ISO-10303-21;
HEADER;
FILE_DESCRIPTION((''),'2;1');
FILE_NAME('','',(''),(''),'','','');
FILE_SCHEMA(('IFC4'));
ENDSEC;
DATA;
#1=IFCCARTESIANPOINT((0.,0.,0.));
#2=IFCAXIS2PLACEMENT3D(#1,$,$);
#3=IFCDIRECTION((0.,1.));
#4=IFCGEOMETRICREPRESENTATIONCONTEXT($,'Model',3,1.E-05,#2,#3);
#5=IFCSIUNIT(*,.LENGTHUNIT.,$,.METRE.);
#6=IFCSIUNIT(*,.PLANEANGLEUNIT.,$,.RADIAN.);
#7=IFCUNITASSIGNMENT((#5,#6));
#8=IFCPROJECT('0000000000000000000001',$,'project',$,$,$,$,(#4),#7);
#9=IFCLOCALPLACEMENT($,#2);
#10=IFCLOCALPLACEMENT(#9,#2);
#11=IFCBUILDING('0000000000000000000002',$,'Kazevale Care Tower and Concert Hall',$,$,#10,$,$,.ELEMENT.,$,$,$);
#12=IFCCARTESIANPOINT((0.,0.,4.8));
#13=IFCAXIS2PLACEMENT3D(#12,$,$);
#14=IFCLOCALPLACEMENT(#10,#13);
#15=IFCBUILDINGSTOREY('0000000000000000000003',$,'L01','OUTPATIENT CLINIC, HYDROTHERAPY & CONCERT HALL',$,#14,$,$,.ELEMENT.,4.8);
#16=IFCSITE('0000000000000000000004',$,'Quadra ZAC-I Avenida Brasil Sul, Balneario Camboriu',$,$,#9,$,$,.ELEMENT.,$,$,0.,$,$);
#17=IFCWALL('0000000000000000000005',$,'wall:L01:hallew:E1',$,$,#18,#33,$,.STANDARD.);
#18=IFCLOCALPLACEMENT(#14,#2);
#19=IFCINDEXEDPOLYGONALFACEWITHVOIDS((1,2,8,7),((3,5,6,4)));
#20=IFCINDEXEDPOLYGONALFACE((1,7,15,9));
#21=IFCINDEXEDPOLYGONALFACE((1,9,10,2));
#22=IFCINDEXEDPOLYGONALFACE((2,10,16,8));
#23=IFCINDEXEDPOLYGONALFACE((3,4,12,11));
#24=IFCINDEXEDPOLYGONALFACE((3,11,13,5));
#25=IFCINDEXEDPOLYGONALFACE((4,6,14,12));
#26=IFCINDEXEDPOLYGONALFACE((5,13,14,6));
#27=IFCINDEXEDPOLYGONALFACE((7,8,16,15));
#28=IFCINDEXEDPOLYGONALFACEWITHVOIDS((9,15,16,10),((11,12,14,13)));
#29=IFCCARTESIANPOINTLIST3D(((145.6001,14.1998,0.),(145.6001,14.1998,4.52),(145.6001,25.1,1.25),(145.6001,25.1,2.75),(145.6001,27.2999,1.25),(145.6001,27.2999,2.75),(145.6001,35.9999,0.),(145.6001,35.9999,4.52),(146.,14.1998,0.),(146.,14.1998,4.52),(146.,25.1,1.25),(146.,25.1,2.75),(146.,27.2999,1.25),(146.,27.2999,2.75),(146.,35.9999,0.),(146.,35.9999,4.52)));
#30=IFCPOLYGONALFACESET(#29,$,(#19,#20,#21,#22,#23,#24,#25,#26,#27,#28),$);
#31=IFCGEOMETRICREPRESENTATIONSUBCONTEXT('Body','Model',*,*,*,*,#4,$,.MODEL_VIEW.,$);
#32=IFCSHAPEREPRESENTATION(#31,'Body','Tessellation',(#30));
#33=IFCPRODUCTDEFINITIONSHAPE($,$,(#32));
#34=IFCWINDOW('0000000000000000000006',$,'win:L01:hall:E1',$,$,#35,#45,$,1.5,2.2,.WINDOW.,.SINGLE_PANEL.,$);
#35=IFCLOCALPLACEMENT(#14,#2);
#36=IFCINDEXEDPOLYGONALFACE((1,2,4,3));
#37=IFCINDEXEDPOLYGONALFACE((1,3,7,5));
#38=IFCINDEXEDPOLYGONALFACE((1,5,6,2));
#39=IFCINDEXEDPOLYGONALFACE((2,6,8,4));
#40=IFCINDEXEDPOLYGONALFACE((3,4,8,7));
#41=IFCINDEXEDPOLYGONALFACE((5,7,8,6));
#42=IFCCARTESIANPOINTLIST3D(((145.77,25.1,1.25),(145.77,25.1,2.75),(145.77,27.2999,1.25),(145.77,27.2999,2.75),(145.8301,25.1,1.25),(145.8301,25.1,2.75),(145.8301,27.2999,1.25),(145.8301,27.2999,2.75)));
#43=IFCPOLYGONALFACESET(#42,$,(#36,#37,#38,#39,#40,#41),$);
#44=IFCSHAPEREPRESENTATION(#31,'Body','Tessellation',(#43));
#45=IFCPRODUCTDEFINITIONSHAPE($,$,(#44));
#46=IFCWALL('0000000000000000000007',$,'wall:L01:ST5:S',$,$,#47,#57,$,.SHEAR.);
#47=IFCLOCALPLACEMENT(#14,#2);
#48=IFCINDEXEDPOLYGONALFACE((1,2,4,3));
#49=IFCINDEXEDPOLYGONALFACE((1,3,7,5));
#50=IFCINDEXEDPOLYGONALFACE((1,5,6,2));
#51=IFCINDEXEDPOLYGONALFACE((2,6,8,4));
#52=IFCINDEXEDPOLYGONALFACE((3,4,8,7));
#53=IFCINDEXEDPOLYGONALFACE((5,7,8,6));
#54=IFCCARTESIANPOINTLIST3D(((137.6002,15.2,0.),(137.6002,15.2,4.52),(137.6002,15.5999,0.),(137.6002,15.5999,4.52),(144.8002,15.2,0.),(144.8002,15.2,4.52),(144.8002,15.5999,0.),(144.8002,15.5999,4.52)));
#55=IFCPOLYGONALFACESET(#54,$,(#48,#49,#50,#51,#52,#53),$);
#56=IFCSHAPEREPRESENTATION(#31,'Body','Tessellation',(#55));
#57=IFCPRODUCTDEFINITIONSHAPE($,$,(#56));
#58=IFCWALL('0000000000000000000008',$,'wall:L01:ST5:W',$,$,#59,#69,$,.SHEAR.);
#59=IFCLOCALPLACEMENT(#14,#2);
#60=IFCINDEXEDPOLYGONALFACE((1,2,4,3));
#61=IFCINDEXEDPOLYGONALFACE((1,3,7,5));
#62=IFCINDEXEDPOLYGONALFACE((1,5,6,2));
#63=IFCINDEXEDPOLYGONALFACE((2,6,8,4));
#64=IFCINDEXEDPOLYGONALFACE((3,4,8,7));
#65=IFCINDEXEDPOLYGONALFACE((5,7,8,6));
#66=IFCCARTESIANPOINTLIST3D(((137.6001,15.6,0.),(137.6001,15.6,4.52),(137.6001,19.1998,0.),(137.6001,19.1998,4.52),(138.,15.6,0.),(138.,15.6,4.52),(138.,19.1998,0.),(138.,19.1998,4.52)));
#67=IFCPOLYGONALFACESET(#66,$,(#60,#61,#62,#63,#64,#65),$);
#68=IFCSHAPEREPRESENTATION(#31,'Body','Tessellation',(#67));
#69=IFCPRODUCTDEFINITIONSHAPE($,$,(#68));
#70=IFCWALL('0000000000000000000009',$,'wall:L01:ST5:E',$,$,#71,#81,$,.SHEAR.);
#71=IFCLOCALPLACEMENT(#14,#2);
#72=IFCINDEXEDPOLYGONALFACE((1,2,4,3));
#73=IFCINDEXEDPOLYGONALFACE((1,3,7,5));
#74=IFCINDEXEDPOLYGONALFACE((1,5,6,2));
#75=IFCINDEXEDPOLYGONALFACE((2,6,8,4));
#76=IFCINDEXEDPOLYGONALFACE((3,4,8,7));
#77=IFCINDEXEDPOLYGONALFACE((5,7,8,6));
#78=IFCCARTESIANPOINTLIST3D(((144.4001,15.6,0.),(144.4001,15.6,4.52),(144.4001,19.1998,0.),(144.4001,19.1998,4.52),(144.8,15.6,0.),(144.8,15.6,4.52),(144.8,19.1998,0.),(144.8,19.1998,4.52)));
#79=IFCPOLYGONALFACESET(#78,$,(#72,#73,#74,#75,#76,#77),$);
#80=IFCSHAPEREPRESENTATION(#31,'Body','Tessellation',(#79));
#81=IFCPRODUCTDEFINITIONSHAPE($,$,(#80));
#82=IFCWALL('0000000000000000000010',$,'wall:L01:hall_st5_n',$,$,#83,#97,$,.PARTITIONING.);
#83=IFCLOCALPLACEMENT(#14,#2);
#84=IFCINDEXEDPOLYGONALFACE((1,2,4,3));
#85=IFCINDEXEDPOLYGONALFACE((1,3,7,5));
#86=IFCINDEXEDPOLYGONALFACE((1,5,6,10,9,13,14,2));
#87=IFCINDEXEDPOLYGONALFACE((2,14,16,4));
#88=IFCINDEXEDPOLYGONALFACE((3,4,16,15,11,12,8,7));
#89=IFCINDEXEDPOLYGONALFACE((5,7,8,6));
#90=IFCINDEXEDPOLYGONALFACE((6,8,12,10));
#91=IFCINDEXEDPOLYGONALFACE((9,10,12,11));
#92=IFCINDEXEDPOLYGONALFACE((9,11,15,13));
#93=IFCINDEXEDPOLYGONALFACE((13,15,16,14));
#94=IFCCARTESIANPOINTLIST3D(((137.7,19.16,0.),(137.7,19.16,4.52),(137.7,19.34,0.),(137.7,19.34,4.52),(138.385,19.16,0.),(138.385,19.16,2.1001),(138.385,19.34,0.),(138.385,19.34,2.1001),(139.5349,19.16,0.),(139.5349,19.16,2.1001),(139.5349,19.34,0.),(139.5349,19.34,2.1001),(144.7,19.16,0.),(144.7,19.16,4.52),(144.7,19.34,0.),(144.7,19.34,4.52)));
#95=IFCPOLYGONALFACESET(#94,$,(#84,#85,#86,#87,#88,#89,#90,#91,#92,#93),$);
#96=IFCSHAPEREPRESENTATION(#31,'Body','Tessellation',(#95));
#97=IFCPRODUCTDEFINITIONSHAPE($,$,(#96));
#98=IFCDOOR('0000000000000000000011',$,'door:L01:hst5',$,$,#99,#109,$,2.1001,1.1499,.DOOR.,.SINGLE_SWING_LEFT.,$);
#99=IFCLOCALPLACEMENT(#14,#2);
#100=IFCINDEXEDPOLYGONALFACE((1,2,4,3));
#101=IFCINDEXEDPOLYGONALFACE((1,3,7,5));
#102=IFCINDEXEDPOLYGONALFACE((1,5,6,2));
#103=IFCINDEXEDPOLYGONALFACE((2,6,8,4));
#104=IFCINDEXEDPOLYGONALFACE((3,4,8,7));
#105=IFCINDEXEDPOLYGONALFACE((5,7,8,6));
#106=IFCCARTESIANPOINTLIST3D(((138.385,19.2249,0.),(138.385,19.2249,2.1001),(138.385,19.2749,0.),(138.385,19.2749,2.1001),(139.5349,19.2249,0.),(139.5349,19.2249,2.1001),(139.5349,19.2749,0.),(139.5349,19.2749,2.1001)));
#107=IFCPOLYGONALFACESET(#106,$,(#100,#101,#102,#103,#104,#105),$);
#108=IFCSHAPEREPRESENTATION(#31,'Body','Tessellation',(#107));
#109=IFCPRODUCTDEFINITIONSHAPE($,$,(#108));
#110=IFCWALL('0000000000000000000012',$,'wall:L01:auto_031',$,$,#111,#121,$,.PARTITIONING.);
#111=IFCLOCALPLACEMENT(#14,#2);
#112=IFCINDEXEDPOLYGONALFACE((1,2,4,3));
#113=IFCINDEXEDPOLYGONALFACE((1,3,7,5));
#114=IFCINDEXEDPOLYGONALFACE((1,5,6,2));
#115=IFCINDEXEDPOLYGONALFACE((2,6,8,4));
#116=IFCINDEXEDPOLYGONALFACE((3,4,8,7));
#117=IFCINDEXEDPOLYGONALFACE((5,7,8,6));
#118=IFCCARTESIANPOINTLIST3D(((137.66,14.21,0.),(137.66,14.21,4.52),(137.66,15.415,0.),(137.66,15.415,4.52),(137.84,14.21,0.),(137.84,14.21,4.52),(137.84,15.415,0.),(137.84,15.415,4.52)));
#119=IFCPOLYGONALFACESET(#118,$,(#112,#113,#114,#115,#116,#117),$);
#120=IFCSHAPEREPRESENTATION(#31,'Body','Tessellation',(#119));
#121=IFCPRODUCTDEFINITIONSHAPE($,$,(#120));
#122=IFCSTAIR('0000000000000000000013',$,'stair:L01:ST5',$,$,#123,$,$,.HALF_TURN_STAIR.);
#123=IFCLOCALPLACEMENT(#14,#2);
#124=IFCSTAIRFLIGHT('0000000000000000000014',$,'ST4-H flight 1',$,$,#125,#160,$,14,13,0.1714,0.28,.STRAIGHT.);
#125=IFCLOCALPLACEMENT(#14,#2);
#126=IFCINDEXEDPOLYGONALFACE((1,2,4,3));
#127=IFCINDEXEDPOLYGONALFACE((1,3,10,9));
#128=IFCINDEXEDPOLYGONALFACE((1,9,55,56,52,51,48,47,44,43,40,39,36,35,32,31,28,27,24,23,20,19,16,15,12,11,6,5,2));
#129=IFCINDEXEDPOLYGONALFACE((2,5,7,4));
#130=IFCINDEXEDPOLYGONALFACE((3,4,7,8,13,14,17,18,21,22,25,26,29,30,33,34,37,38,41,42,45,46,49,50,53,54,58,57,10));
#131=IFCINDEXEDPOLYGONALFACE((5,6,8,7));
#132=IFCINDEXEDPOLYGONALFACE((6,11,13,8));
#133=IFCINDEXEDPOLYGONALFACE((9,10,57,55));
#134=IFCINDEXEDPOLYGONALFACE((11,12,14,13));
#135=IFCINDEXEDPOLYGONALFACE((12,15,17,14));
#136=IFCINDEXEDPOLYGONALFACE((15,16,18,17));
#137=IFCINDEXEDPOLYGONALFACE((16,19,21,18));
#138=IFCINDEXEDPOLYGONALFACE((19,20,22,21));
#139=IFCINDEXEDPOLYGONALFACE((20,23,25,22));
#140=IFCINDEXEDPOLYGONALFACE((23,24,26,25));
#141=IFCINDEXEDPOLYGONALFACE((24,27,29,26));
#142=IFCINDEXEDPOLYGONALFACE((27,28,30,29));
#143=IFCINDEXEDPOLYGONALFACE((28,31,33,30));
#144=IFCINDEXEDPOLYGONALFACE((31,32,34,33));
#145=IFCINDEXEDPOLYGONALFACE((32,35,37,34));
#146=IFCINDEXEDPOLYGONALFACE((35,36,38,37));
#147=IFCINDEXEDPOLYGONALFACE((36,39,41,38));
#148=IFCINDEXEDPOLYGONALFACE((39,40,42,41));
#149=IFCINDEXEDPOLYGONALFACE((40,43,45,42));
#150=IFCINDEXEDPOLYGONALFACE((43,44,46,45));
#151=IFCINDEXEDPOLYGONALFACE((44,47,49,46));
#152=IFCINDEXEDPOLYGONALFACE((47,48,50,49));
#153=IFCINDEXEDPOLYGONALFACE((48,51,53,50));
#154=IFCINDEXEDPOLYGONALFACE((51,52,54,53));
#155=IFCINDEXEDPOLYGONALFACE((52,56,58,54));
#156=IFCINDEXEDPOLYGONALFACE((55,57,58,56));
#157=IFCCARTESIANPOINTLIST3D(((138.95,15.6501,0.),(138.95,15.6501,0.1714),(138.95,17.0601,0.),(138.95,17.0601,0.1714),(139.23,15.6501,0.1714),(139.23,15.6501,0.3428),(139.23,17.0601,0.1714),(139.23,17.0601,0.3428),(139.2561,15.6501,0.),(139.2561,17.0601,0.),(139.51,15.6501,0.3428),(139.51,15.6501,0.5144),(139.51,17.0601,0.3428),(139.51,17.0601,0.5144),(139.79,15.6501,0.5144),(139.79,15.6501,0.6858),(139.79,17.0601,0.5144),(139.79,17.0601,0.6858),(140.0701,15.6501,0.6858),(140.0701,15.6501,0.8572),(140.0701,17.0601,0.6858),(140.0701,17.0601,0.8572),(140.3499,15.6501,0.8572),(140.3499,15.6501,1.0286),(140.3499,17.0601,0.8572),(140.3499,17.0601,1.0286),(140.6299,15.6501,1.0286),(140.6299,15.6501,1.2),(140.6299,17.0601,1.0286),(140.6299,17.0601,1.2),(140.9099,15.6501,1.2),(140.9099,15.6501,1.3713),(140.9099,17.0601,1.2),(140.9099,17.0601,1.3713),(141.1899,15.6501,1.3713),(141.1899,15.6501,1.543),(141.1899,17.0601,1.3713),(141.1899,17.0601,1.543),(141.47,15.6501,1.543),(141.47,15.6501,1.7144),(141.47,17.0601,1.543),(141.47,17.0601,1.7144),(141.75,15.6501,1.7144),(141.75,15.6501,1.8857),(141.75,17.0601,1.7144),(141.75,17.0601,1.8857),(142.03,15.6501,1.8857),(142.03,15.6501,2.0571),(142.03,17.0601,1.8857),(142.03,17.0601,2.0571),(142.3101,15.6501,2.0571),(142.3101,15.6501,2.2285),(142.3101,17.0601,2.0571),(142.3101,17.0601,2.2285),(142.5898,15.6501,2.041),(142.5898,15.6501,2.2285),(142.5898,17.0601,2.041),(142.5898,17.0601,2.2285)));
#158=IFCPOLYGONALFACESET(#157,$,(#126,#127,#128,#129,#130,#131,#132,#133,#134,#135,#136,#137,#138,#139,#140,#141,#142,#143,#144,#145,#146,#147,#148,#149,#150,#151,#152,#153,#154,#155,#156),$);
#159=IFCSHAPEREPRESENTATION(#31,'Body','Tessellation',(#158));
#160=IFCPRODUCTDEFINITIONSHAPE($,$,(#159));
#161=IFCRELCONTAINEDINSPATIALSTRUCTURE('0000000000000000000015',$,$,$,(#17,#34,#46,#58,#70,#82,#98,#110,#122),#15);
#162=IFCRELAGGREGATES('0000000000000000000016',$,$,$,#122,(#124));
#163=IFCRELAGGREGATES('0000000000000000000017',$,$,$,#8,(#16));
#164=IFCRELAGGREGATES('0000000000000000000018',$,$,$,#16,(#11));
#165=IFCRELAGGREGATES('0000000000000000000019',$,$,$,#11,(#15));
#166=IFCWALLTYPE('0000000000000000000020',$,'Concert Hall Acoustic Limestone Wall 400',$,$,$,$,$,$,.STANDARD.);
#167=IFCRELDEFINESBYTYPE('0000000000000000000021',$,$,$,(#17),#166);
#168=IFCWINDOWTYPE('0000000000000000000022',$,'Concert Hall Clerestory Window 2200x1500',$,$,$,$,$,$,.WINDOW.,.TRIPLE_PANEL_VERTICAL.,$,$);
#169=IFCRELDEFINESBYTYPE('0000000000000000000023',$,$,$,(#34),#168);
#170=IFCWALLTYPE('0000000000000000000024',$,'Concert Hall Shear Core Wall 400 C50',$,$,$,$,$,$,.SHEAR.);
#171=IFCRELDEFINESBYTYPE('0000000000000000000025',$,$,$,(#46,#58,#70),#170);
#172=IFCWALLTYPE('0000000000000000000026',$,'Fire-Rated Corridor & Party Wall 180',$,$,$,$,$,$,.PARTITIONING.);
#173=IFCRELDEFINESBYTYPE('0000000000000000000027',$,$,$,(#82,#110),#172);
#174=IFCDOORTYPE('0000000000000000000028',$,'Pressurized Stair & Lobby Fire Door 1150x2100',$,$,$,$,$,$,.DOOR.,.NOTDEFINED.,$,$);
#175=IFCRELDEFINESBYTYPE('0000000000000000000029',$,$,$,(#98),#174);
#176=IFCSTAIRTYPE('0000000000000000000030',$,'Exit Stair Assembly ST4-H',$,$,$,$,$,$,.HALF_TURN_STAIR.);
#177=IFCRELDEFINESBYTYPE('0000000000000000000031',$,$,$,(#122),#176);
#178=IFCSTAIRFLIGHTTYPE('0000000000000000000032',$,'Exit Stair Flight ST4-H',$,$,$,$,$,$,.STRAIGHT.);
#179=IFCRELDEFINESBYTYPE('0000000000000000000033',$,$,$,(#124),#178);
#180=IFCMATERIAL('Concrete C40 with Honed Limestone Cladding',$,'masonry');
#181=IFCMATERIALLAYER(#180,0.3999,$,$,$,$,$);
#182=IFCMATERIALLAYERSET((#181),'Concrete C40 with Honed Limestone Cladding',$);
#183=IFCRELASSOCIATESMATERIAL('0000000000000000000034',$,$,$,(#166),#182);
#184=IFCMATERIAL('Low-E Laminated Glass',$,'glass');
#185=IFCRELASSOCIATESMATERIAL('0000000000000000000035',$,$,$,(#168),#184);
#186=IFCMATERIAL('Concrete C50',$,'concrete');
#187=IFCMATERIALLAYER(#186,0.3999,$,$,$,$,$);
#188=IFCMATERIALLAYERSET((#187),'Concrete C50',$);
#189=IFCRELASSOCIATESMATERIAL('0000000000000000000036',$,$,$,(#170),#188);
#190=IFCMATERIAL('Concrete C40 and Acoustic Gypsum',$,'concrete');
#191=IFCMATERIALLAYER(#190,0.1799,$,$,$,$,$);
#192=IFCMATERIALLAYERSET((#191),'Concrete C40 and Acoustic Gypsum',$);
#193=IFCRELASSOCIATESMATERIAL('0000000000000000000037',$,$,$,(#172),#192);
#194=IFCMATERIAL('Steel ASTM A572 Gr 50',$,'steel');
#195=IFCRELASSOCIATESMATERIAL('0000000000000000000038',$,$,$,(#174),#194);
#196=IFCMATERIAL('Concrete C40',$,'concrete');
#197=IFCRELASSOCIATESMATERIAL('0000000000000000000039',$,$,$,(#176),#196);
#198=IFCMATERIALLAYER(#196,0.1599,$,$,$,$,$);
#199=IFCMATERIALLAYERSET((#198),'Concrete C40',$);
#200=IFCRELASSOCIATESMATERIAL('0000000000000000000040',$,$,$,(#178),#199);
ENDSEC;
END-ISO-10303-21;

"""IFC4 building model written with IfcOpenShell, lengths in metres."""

from ifc_helpers import new_model, si_unit, direction, frame, frame_2d, origin, place, context, subcontext, project, spatial, polyline, rectangle, outline, extrude, material, layer, layer_set, type_object, element, fill, aggregate, save


model = new_model("IFC4")

# Units and contexts
model_context = context("Model", 3, precision=1e-05, world=origin(), true_north=direction((0.0, 1.0)))
body_context = subcontext(model_context, "Body", "Model", "MODEL_VIEW")
ifc_project = project(units=[si_unit("LENGTHUNIT", "METRE"), si_unit("PLANEANGLEUNIT", "RADIAN")], contexts=[model_context])

# Site, building, storey
site_placement = place(None, origin())
site = spatial("IfcSite", under=ifc_project, at=site_placement, Name="Quadra ZAC-I Avenida Brasil Sul, Balneario Camboriu", CompositionType="ELEMENT", RefElevation=0.0)
building_placement = place(site_placement, origin())
building = spatial("IfcBuilding", under=site, at=building_placement, Name="Kazevale Care Tower and Concert Hall", CompositionType="ELEMENT")
storey_placement = place(building_placement, frame((0.0, 0.0, 4.8)))
storey = spatial("IfcBuildingStorey", under=building, at=storey_placement, Name="L01", Description="OUTPATIENT CLINIC, HYDROTHERAPY & CONCERT HALL", CompositionType="ELEMENT", Elevation=4.8)

# Shared definitions
ifc_material_1 = material(Name="Concrete C50", Category="concrete")

# Shared definitions
ifc_material_2 = material(Name="Steel ASTM A572 Gr 50", Category="steel")

# Shared definitions
ifc_material_3 = material(Name="Low-E Laminated Glass", Category="glass")

# Shared definitions
ifc_material_4 = material(Name="Concrete C40 with Honed Limestone Cladding", Category="masonry")
ifc_layer_1 = layer(ifc_material_4, 0.3999)
ifc_layer_set_1 = layer_set([ifc_layer_1], Name="Concrete C40 with Honed Limestone Cladding")
wall_type_1 = type_object("IfcWallType", Name="Concert Hall Acoustic Limestone Wall 400", PredefinedType="STANDARD", material=ifc_layer_set_1)

# Wall, opening, window
wall_1_placement = place(storey_placement, frame((145.8, 14.2, 0.0), z_axis=(0.0, 0.0, 1.0), x_axis=(0.0, 1.0, 0.0)))
wall_1 = element("IfcWall", 1, at=wall_1_placement, inside=storey, type_object=wall_type_1, Name="wall:L01:hallew:E1", PredefinedType="STANDARD", context=body_context, shape_type="SweptSolid", body=[
    extrude(rectangle(XDim=21.8, YDim=0.3999, at=frame_2d((10.8999, 0.0))), origin(), (0.0, 0.0, 1.0), 4.52),
])
opening_1_placement = place(wall_1_placement, frame((10.8999, 0.0, 1.25)))
opening_1 = element("IfcOpeningElement", 2, at=opening_1_placement, cuts=wall_1, PredefinedType="OPENING", context=body_context, shape_type="SweptSolid", body=[
    extrude(rectangle(XDim=2.2, YDim=1.5, at=frame_2d((1.1001, 0.75))), frame((0.0, 0.21, 0.0), z_axis=(0.0, -1.0, 0.0), x_axis=(1.0, 0.0, 0.0)), (0.0, 0.0, 1.0), 0.4199),
])
window_type = type_object("IfcWindowType", Name="Concert Hall Clerestory Window 2200x1500", PartitioningType="TRIPLE_PANEL_VERTICAL", PredefinedType="WINDOW", material=ifc_material_3)
window_placement = place(opening_1_placement, origin())
window = element("IfcWindow", 3, at=window_placement, inside=storey, type_object=window_type, Name="win:L01:hall:E1", OverallHeight=1.5, OverallWidth=2.2, PartitioningType="SINGLE_PANEL", PredefinedType="WINDOW", context=body_context, shape_type="SweptSolid", body=[
    extrude(rectangle(XDim=2.2, YDim=1.5, at=frame_2d((1.1001, 0.75))), frame((0.0, 0.03, 0.0), z_axis=(0.0, -1.0, 0.0), x_axis=(1.0, 0.0, 0.0)), (0.0, 0.0, 1.0), 0.0601),
])
fill(opening_1, window)

# Walls
ifc_layer_2 = layer(ifc_material_1, 0.3999)
ifc_layer_set_2 = layer_set([ifc_layer_2], Name="Concrete C50")
wall_type_2 = type_object("IfcWallType", Name="Concert Hall Shear Core Wall 400 C50", PredefinedType="SHEAR", material=ifc_layer_set_2)
wall_2_placement = place(storey_placement, frame((137.6001, 15.3999, 0.0), z_axis=(0.0, 0.0, 1.0), x_axis=(1.0, 0.0, 0.0)))
element("IfcWall", 4, at=wall_2_placement, inside=storey, type_object=wall_type_2, Name="wall:L01:ST5:S", PredefinedType="SHEAR", context=body_context, shape_type="SweptSolid", body=[
    extrude(rectangle(XDim=7.2, YDim=0.3999, at=frame_2d((3.6001, 0.0))), origin(), (0.0, 0.0, 1.0), 4.52),
])
for number, where, z_axis, x_axis, name in (
    (5, (137.8, 15.6001, 0.0), (0.0, 0.0, 1.0), (0.0, 1.0, 0.0), "wall:L01:ST5:W"),
    (6, (144.6001, 15.6001, 0.0), (0.0, 0.0, 1.0), (0.0, 1.0, 0.0), "wall:L01:ST5:E"),
):
    element("IfcWall", number, at=place(storey_placement, frame(where, z_axis=z_axis, x_axis=x_axis)), inside=storey, type_object=wall_type_2, Name=name, PredefinedType="SHEAR", context=body_context, shape_type="SweptSolid", body=[
        extrude(rectangle(XDim=3.5999, YDim=0.3999, at=frame_2d((1.7998, 0.0))), origin(), (0.0, 0.0, 1.0), 4.52),
    ])

# Wall, opening, door
ifc_material_5 = material(Name="Concrete C40 and Acoustic Gypsum", Category="concrete")
ifc_layer_3 = layer(ifc_material_5, 0.1799)
ifc_layer_set_3 = layer_set([ifc_layer_3], Name="Concrete C40 and Acoustic Gypsum")
wall_type_3 = type_object("IfcWallType", Name="Fire-Rated Corridor & Party Wall 180", PredefinedType="PARTITIONING", material=ifc_layer_set_3)
wall_3_placement = place(storey_placement, frame((137.7, 19.25, 0.0), z_axis=(0.0, 0.0, 1.0), x_axis=(1.0, 0.0, 0.0)))
wall_3 = element("IfcWall", 7, at=wall_3_placement, inside=storey, type_object=wall_type_3, Name="wall:L01:hall_st5_n", PredefinedType="PARTITIONING", context=body_context, shape_type="SweptSolid", body=[
    extrude(rectangle(XDim=7.0, YDim=0.1799, at=frame_2d((3.5, 0.0))), origin(), (0.0, 0.0, 1.0), 4.52),
])
opening_2_placement = place(wall_3_placement, frame((0.6851, 0.0, 0.0)))
opening_2 = element("IfcOpeningElement", 8, at=opening_2_placement, cuts=wall_3, PredefinedType="OPENING", context=body_context, shape_type="SweptSolid", body=[
    extrude(rectangle(XDim=1.1499, YDim=2.1001, at=frame_2d((0.575, 1.05))), frame((0.0, 0.0999, 0.0), z_axis=(0.0, -1.0, 0.0), x_axis=(1.0, 0.0, 0.0)), (0.0, 0.0, 1.0), 0.2),
])
door_type = type_object("IfcDoorType", Name="Pressurized Stair & Lobby Fire Door 1150x2100", OperationType="NOTDEFINED", PredefinedType="DOOR", material=ifc_material_2)
door_placement = place(opening_2_placement, origin())
door = element("IfcDoor", 9, at=door_placement, inside=storey, type_object=door_type, Name="door:L01:hst5", OperationType="SINGLE_SWING_LEFT", OverallHeight=2.1001, OverallWidth=1.1499, PredefinedType="DOOR", context=body_context, shape_type="SweptSolid", body=[
    extrude(rectangle(XDim=1.1499, YDim=2.1001, at=frame_2d((0.575, 1.05))), frame((0.0, 0.0249, 0.0), z_axis=(0.0, -1.0, 0.0), x_axis=(1.0, 0.0, 0.0)), (0.0, 0.0, 1.0), 0.05),
])
fill(opening_2, door)

# Wall
wall_4_placement = place(storey_placement, frame((137.75, 15.415, 0.0), z_axis=(0.0, 0.0, 1.0), x_axis=(0.0, -1.0, 0.0)))
element("IfcWall", 10, at=wall_4_placement, inside=storey, type_object=wall_type_3, Name="wall:L01:auto_031", PredefinedType="PARTITIONING", context=body_context, shape_type="SweptSolid", body=[
    extrude(rectangle(XDim=1.2051, YDim=0.1799, at=frame_2d((0.6025, 0.0))), origin(), (0.0, 0.0, 1.0), 4.52),
])

# Stair, stair flight
ifc_material_6 = material(Name="Concrete C40", Category="concrete")
stair_type = type_object("IfcStairType", Name="Exit Stair Assembly ST4-H", PredefinedType="HALF_TURN_STAIR", material=ifc_material_6)
stair_placement = place(storey_placement, origin())
stair = element("IfcStair", 11, at=stair_placement, inside=storey, type_object=stair_type, Name="stair:L01:ST5", PredefinedType="HALF_TURN_STAIR")
ifc_layer_4 = layer(ifc_material_6, 0.1599)
ifc_layer_set_4 = layer_set([ifc_layer_4], Name="Concrete C40")
stair_flight_type = type_object("IfcStairFlightType", Name="Exit Stair Flight ST4-H", PredefinedType="STRAIGHT", material=ifc_layer_set_4)
stair_flight_1_placement = place(storey_placement, frame((138.95, 16.355, 0.0), z_axis=(0.0, 0.0, 1.0), x_axis=(1.0, 0.0, 0.0)))
stair_flight_1 = element("IfcStairFlight", 12, at=stair_flight_1_placement, type_object=stair_flight_type, Name="ST4-H flight 1", NumberOfRisers=14, NumberOfTreads=13, PredefinedType="STRAIGHT", RiserHeight=0.1714, TreadLength=0.28, context=body_context, shape_type="SweptSolid", body=[
    extrude(outline(polyline([(0.0, 0.0), (0.0, 0.1714), (0.28, 0.1714), (0.28, 0.3428), (0.5601, 0.3428), (0.5601, 0.5144), (0.8401, 0.5144), (0.8401, 0.6858), (1.1201, 0.6858), (1.1201, 0.8572), (1.3999, 0.8572), (1.3999, 1.0286), (1.6799, 1.0286), (1.6799, 1.2), (1.96, 1.2), (1.96, 1.3713), (2.24, 1.3713), (2.24, 1.543), (2.52, 1.543), (2.52, 1.7144), (2.8, 1.7144), (2.8, 1.8857), (3.0801, 1.8857), (3.0801, 2.0571), (3.3601, 2.0571), (3.3601, 2.2285), (3.6399, 2.2285), (3.6399, 2.3999), (3.6399, 2.041), (0.3062, 0.0), (0.0, 0.0)])), frame((0.0, 0.7051, 0.0), z_axis=(0.0, -1.0, 0.0), x_axis=(1.0, 0.0, 0.0)), (0.0, 0.0, 1.0), 1.4099),
])
aggregate(stair, [stair_flight_1])

save(model, "model.ifc")
